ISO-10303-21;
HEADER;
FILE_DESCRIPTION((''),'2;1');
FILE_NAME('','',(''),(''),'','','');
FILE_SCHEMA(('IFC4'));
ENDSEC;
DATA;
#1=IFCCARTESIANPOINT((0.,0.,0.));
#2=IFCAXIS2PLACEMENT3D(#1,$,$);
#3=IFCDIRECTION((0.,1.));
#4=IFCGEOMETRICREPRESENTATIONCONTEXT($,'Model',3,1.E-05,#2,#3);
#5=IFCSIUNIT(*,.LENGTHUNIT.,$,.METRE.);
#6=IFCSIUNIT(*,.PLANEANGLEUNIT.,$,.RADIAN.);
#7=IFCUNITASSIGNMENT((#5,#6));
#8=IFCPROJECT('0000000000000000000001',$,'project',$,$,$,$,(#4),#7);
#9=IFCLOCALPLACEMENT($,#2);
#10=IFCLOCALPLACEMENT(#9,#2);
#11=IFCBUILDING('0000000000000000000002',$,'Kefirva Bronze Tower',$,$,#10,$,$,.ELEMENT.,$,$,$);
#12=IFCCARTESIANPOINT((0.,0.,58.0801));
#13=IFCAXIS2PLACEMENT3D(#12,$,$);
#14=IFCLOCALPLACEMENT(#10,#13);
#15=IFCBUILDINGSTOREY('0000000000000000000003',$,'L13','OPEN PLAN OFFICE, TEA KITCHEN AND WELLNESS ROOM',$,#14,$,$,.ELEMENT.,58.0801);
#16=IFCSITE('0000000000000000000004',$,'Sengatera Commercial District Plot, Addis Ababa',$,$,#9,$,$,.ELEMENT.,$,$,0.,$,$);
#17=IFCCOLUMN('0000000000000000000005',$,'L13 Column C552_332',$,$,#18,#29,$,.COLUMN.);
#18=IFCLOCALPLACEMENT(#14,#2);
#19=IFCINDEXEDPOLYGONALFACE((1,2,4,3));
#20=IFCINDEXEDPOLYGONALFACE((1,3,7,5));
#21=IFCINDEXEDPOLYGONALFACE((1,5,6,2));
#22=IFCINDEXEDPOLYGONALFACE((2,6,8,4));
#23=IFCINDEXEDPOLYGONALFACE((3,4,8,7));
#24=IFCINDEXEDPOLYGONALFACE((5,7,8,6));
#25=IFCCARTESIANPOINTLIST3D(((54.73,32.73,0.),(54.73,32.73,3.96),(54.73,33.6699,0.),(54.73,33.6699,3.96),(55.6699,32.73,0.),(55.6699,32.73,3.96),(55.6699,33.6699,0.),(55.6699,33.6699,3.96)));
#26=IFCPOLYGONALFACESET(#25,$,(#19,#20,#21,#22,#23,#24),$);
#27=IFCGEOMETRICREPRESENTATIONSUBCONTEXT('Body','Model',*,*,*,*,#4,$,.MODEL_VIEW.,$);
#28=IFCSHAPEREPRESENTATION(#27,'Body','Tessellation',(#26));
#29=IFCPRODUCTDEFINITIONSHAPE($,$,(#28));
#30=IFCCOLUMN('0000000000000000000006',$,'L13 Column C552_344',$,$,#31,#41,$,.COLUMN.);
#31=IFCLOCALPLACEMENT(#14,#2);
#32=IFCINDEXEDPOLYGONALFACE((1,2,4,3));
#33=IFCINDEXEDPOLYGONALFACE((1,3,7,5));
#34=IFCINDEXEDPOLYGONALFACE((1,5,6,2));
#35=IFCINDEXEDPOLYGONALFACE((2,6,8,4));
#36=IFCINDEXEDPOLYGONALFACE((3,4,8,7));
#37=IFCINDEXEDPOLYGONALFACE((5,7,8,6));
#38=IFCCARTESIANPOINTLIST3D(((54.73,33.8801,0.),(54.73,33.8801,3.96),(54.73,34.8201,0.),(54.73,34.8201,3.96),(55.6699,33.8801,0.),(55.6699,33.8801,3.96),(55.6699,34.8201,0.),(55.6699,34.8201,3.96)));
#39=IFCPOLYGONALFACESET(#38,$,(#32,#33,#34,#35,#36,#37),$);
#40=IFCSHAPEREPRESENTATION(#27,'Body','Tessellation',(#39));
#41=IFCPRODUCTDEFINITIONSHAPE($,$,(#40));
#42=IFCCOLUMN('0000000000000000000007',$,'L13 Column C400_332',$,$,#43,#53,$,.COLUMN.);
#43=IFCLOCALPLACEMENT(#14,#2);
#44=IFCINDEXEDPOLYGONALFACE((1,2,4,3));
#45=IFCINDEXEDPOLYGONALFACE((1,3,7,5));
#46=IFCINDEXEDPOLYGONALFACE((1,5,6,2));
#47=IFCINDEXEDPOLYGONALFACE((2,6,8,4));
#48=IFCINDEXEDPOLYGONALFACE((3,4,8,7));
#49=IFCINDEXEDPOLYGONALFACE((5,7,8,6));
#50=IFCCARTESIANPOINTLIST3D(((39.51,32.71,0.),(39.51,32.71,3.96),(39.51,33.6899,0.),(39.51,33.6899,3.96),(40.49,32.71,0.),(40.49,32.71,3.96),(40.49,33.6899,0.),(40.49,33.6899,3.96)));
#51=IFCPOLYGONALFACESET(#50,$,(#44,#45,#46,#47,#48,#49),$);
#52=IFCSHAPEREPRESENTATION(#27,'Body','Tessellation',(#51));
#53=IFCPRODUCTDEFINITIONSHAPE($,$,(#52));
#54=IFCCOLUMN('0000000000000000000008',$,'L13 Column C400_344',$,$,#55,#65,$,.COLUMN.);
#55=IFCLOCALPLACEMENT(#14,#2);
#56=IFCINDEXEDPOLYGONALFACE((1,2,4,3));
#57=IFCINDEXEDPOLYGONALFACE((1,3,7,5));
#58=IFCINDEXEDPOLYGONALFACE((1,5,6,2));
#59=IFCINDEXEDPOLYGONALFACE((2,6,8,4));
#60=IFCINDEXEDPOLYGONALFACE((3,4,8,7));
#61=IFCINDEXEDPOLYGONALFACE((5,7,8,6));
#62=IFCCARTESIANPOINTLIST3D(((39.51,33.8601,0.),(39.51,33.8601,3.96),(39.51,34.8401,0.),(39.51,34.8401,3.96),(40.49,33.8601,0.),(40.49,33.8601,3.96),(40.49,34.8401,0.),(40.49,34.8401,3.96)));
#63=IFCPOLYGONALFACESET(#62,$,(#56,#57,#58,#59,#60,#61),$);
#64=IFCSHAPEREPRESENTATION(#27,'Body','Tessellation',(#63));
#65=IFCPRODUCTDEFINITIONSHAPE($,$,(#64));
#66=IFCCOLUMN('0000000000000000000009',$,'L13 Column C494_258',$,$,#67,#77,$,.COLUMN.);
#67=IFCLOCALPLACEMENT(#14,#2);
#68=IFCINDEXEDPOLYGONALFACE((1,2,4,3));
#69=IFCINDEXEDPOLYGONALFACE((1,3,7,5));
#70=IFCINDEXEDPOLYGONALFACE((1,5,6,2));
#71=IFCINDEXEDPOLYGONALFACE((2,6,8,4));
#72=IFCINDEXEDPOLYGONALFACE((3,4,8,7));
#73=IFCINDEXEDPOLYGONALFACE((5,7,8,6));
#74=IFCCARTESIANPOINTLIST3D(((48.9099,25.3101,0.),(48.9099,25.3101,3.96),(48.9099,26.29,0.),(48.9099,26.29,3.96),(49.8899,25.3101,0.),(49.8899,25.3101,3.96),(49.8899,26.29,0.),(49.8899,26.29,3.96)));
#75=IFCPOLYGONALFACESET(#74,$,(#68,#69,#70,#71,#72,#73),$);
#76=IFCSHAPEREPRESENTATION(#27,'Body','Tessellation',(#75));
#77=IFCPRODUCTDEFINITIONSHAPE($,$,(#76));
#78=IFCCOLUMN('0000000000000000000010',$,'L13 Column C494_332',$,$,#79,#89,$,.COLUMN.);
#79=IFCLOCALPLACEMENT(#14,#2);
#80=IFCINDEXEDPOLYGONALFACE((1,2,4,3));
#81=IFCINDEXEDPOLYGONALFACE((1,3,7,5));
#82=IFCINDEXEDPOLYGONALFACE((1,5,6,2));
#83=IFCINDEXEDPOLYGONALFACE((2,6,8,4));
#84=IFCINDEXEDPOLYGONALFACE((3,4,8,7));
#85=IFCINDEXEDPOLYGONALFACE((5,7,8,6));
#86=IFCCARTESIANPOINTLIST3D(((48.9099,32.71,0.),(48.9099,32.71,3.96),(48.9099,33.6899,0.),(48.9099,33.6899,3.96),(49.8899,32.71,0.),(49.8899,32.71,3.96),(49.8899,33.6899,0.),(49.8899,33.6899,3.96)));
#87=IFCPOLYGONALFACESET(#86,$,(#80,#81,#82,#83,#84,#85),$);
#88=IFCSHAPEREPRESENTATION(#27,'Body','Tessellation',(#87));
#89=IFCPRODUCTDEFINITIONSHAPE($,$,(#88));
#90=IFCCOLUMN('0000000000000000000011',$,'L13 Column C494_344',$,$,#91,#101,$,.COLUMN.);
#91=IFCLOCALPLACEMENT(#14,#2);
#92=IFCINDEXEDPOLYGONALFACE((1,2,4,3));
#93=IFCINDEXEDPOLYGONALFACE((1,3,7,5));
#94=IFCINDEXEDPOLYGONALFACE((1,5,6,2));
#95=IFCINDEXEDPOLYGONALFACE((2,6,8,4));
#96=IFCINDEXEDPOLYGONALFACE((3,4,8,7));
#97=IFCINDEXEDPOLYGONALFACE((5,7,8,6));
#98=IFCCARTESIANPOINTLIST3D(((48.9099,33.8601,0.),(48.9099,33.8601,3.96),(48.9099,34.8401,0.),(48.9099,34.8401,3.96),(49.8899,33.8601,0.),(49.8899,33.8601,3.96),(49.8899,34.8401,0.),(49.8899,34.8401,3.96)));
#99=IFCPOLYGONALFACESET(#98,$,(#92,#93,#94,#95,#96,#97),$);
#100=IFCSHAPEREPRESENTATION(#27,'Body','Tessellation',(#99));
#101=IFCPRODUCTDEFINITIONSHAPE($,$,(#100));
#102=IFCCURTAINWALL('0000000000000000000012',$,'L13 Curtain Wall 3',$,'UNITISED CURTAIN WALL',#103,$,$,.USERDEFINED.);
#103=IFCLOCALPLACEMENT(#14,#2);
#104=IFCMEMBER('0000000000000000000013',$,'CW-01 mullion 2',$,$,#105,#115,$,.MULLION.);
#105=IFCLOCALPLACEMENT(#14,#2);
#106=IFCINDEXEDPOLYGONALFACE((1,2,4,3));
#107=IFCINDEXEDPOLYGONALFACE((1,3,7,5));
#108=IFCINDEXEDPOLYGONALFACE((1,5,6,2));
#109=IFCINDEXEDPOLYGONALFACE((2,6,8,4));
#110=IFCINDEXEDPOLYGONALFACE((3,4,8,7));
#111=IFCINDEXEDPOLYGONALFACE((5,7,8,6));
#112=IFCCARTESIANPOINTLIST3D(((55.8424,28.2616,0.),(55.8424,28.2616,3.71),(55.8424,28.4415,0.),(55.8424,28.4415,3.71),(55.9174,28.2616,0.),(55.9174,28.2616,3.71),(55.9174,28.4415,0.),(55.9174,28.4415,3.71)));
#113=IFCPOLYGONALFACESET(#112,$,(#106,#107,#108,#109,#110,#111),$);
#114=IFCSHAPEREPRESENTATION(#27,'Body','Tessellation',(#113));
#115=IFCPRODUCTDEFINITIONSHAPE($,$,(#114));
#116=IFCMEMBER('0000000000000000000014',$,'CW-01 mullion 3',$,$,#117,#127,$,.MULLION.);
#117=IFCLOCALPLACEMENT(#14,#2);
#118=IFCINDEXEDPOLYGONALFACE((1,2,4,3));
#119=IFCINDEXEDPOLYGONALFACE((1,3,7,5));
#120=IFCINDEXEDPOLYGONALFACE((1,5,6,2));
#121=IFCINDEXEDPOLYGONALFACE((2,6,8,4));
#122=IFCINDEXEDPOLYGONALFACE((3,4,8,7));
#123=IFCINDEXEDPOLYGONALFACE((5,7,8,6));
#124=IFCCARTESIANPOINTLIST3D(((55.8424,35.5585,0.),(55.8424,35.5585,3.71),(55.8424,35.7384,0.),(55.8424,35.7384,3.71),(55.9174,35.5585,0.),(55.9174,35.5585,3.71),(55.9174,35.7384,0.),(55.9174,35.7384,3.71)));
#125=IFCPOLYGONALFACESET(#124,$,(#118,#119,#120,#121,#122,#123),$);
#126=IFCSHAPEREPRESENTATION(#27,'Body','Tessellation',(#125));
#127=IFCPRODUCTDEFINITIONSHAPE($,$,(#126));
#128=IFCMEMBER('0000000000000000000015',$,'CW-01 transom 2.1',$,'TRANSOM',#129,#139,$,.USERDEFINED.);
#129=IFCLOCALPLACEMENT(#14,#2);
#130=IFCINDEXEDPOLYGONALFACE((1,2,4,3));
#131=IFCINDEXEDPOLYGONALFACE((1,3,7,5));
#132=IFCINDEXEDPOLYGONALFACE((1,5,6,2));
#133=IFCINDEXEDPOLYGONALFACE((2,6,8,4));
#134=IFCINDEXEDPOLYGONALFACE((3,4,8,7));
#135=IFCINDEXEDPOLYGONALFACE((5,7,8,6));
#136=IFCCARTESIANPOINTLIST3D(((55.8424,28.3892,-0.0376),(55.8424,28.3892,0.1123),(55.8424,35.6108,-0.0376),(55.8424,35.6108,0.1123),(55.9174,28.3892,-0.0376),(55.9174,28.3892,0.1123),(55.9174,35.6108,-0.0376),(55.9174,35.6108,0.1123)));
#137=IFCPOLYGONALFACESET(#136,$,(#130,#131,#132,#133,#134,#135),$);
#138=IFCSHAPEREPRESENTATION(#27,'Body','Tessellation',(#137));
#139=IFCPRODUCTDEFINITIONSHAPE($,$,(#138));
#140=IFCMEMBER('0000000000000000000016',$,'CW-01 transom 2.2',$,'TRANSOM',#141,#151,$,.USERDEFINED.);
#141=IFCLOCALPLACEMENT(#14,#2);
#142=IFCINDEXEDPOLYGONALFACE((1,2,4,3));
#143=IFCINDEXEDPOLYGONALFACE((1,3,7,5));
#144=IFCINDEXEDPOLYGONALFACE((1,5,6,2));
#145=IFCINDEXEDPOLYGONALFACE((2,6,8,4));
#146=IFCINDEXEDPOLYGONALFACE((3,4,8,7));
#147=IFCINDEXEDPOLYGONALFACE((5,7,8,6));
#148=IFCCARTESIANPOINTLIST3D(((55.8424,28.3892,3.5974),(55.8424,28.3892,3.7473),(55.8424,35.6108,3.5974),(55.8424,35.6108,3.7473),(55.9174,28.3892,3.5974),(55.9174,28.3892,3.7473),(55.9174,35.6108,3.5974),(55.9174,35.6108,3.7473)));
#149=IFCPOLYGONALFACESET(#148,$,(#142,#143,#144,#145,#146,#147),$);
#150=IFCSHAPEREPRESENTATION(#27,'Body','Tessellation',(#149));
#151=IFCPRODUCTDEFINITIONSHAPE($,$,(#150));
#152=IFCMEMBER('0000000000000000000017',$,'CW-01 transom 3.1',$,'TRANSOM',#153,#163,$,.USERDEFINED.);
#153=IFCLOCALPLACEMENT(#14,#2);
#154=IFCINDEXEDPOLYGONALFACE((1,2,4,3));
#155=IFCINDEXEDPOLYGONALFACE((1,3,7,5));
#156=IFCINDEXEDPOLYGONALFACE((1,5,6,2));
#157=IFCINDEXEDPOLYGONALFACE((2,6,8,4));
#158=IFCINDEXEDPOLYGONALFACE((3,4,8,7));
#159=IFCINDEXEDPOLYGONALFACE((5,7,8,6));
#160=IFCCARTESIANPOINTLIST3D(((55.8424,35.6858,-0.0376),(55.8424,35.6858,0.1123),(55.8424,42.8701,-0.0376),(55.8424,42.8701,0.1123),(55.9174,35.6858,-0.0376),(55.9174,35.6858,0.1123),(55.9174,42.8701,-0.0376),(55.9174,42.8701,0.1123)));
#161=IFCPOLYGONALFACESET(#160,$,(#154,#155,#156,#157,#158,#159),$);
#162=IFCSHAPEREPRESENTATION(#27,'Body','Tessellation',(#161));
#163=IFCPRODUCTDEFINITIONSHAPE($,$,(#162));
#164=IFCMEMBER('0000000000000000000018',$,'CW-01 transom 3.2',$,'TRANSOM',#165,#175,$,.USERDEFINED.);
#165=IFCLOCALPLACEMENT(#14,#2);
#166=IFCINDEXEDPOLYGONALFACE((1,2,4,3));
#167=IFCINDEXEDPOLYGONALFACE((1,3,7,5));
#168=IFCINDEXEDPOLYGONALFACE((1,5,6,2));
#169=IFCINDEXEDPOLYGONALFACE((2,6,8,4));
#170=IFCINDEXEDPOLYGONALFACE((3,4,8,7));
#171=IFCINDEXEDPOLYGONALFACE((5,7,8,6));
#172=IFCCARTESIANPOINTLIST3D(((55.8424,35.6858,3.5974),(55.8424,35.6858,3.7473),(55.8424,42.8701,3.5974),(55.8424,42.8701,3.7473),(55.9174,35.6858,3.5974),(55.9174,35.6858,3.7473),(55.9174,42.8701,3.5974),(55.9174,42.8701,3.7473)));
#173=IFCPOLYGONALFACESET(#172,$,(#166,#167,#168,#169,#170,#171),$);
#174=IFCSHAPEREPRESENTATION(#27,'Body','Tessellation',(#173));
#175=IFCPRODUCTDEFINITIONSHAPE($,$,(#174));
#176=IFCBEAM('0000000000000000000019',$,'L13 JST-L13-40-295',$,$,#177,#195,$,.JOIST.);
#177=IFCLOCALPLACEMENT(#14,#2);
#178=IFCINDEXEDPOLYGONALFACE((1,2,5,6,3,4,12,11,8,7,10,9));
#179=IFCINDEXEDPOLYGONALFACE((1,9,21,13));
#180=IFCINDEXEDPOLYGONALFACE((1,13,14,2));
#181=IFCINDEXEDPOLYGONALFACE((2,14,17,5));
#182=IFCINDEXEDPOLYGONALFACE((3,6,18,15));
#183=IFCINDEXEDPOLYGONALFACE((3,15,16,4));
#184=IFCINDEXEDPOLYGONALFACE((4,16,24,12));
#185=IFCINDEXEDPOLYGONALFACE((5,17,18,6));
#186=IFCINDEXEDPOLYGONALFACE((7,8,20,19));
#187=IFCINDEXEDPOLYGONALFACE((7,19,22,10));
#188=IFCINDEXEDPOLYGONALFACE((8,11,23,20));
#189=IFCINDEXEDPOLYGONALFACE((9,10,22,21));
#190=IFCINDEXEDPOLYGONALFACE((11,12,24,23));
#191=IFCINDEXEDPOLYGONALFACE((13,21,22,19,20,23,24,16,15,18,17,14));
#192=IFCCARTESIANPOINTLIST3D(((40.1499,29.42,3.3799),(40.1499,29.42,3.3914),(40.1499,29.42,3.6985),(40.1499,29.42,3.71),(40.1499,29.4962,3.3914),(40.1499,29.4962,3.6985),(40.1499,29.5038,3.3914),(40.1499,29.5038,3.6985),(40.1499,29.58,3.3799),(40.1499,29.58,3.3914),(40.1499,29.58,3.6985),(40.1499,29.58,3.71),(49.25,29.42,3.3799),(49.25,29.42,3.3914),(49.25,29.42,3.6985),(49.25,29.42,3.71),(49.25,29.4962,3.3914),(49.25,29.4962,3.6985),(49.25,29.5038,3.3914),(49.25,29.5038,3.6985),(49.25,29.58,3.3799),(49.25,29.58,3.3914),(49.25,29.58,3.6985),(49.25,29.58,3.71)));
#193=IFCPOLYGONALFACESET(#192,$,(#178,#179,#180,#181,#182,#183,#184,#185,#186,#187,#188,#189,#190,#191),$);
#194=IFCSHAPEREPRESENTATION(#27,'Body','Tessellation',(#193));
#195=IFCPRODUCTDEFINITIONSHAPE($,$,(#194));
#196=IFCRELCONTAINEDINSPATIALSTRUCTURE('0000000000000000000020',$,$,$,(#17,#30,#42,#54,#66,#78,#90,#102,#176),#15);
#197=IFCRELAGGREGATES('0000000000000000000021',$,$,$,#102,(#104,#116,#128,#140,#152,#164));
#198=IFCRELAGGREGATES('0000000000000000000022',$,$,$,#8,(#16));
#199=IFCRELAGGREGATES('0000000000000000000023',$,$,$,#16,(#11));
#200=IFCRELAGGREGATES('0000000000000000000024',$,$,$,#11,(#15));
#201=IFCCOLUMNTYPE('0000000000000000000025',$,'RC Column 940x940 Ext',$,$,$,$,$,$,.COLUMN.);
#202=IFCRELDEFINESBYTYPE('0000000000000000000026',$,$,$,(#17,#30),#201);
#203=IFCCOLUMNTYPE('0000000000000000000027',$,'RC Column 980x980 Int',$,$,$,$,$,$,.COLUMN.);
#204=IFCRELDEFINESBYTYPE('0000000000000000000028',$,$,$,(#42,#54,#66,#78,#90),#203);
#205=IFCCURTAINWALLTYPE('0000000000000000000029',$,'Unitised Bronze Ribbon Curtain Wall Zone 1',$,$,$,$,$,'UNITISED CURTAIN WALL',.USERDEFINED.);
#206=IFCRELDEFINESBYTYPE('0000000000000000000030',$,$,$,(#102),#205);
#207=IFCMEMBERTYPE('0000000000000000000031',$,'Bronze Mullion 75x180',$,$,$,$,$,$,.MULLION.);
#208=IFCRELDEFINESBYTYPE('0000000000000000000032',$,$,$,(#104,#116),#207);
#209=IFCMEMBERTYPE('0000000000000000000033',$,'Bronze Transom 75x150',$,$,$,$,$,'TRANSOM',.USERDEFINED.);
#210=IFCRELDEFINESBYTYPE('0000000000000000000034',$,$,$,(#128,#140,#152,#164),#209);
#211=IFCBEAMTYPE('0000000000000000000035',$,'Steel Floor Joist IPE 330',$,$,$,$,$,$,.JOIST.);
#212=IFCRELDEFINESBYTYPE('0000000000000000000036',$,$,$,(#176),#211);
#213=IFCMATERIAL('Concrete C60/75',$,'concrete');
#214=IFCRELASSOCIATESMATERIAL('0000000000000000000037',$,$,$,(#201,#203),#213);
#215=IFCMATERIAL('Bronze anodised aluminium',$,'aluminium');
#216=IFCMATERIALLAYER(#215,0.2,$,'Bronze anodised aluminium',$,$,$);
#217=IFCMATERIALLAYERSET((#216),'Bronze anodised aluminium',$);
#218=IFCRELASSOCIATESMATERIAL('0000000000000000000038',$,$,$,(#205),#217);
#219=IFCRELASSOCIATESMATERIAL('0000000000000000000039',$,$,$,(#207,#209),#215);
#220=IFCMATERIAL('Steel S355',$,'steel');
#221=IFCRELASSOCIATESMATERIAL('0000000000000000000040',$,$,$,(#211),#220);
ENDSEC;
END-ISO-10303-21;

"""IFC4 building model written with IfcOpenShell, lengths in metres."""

from ifc_helpers import new_model, si_unit, direction, frame, origin, origin_2d, place, context, subcontext, project, spatial, rectangle, i_section, extrude, material, layer, layer_set, material_profile, profile_set, type_object, element, aggregate, save


model = new_model("IFC4")

# Units and contexts
model_context = context("Model", 3, precision=1e-05, world=origin(), true_north=direction((0.0, 1.0)))
body_context = subcontext(model_context, "Body", "Model", "MODEL_VIEW")
ifc_project = project(units=[si_unit("LENGTHUNIT", "METRE"), si_unit("PLANEANGLEUNIT", "RADIAN")], contexts=[model_context])

# Site, building, storey
site_placement = place(None, origin())
site = spatial("IfcSite", under=ifc_project, at=site_placement, Name="Sengatera Commercial District Plot, Addis Ababa", CompositionType="ELEMENT", RefElevation=0.0)
building_placement = place(site_placement, origin())
building = spatial("IfcBuilding", under=site, at=building_placement, Name="Kefirva Bronze Tower", CompositionType="ELEMENT")
storey_placement = place(building_placement, frame((0.0, 0.0, 58.0801)))
storey = spatial("IfcBuildingStorey", under=building, at=storey_placement, Name="L13", Description="OPEN PLAN OFFICE, TEA KITCHEN AND WELLNESS ROOM", CompositionType="ELEMENT", Elevation=58.0801)

# Columns
ifc_material_1 = material(Name="Concrete C60/75", Category="concrete")
ifc_material_profile_1 = material_profile(ifc_material_1, rectangle(XDim=0.9399, YDim=0.9399, at=origin_2d()), Name="RC 940x940")
ifc_profile_set_1 = profile_set([ifc_material_profile_1], Name="Concrete C60/75")
column_type_1 = type_object("IfcColumnType", Name="RC Column 940x940 Ext", PredefinedType="COLUMN", material=ifc_profile_set_1)
for number, where, z_axis, x_axis, name in (
    (1, (55.2, 33.2, 0.0), (0.0, 0.0, 1.0), (1.0, 0.0, 0.0), "L13 Column C552_332"),
    (2, (55.2, 34.3501, 0.0), (0.0, 0.0, 1.0), (1.0, 0.0, 0.0), "L13 Column C552_344"),
):
    element("IfcColumn", number, at=place(storey_placement, frame(where, z_axis=z_axis, x_axis=x_axis)), inside=storey, type_object=column_type_1, Name=name, PredefinedType="COLUMN", context=body_context, shape_type="SweptSolid", body=[
        extrude(rectangle(XDim=0.9399, YDim=0.9399, at=origin_2d()), origin(), (0.0, 0.0, 1.0), 3.96),
    ])
ifc_material_profile_2 = material_profile(ifc_material_1, rectangle(XDim=0.98, YDim=0.98, at=origin_2d()), Name="RC 980x980")
ifc_profile_set_2 = profile_set([ifc_material_profile_2], Name="Concrete C60/75")
column_type_2 = type_object("IfcColumnType", Name="RC Column 980x980 Int", PredefinedType="COLUMN", material=ifc_profile_set_2)
for number, where, z_axis, x_axis, name in (
    (3, (40.0, 33.2, 0.0), (0.0, 0.0, 1.0), (1.0, 0.0, 0.0), "L13 Column C400_332"),
    (4, (40.0, 34.3501, 0.0), (0.0, 0.0, 1.0), (1.0, 0.0, 0.0), "L13 Column C400_344"),
    (5, (49.3999, 25.8, 0.0), (0.0, 0.0, 1.0), (1.0, 0.0, 0.0), "L13 Column C494_258"),
    (6, (49.3999, 33.2, 0.0), (0.0, 0.0, 1.0), (1.0, 0.0, 0.0), "L13 Column C494_332"),
    (7, (49.3999, 34.3501, 0.0), (0.0, 0.0, 1.0), (1.0, 0.0, 0.0), "L13 Column C494_344"),
):
    element("IfcColumn", number, at=place(storey_placement, frame(where, z_axis=z_axis, x_axis=x_axis)), inside=storey, type_object=column_type_2, Name=name, PredefinedType="COLUMN", context=body_context, shape_type="SweptSolid", body=[
        extrude(rectangle(XDim=0.98, YDim=0.98, at=origin_2d()), origin(), (0.0, 0.0, 1.0), 3.96),
    ])

# Curtain wall, members
ifc_material_2 = material(Name="Bronze anodised aluminium", Category="aluminium")
ifc_layer_1 = layer(ifc_material_2, 0.2, Name="Bronze anodised aluminium")
ifc_layer_set_1 = layer_set([ifc_layer_1], Name="Bronze anodised aluminium")
curtain_wall_type = type_object("IfcCurtainWallType", Name="Unitised Bronze Ribbon Curtain Wall Zone 1", ElementType="UNITISED CURTAIN WALL", PredefinedType="USERDEFINED", material=ifc_layer_set_1)
curtain_wall_placement = place(storey_placement, origin())
curtain_wall = element("IfcCurtainWall", 8, at=curtain_wall_placement, inside=storey, type_object=curtain_wall_type, Name="L13 Curtain Wall 3", ObjectType="UNITISED CURTAIN WALL", PredefinedType="USERDEFINED")
ifc_material_profile_3 = material_profile(ifc_material_2, rectangle(XDim=0.075, YDim=0.1799, at=origin_2d()), Name="ALU 75x180")
ifc_profile_set_3 = profile_set([ifc_material_profile_3], Name="Bronze anodised aluminium")
member_type_1 = type_object("IfcMemberType", Name="Bronze Mullion 75x180", PredefinedType="MULLION", material=ifc_profile_set_3)
member_1_placement = place(storey_placement, frame((55.8799, 28.3516, 0.0), z_axis=(0.0, 0.0, 1.0), x_axis=(-1.0, 0.0, 0.0)))
member_1 = element("IfcMember", 9, at=member_1_placement, type_object=member_type_1, Name="CW-01 mullion 2", PredefinedType="MULLION", context=body_context, shape_type="SweptSolid", body=[
    extrude(rectangle(XDim=0.075, YDim=0.1799, at=origin_2d()), origin(), (0.0, 0.0, 1.0), 3.71),
])
member_2_placement = place(storey_placement, frame((55.8799, 35.6484, 0.0), z_axis=(0.0, 0.0, 1.0), x_axis=(-1.0, 0.0, 0.0)))
member_2 = element("IfcMember", 10, at=member_2_placement, type_object=member_type_1, Name="CW-01 mullion 3", PredefinedType="MULLION", context=body_context, shape_type="SweptSolid", body=[
    extrude(rectangle(XDim=0.075, YDim=0.1799, at=origin_2d()), origin(), (0.0, 0.0, 1.0), 3.71),
])
ifc_material_profile_4 = material_profile(ifc_material_2, rectangle(XDim=0.075, YDim=0.1499, at=origin_2d()), Name="ALU 75x150")
ifc_profile_set_4 = profile_set([ifc_material_profile_4], Name="Bronze anodised aluminium")
member_type_2 = type_object("IfcMemberType", Name="Bronze Transom 75x150", ElementType="TRANSOM", PredefinedType="USERDEFINED", material=ifc_profile_set_4)
member_3_placement = place(storey_placement, frame((55.8799, 28.3892, 0.0374), z_axis=(0.0, 1.0, 0.0), x_axis=(-1.0, 0.0, 0.0)))
member_3 = element("IfcMember", 11, at=member_3_placement, type_object=member_type_2, Name="CW-01 transom 2.1", ObjectType="TRANSOM", PredefinedType="USERDEFINED", context=body_context, shape_type="SweptSolid", body=[
    extrude(rectangle(XDim=0.075, YDim=0.1499, at=origin_2d()), origin(), (0.0, 0.0, 1.0), 7.2217),
])
member_4_placement = place(storey_placement, frame((55.8799, 28.3892, 3.6724), z_axis=(0.0, 1.0, 0.0), x_axis=(-1.0, 0.0, 0.0)))
member_4 = element("IfcMember", 12, at=member_4_placement, type_object=member_type_2, Name="CW-01 transom 2.2", ObjectType="TRANSOM", PredefinedType="USERDEFINED", context=body_context, shape_type="SweptSolid", body=[
    extrude(rectangle(XDim=0.075, YDim=0.1499, at=origin_2d()), origin(), (0.0, 0.0, 1.0), 7.2217),
])
member_5_placement = place(storey_placement, frame((55.8799, 35.6858, 0.0374), z_axis=(0.0, 1.0, 0.0), x_axis=(-1.0, 0.0, 0.0)))
member_5 = element("IfcMember", 13, at=member_5_placement, type_object=member_type_2, Name="CW-01 transom 3.1", ObjectType="TRANSOM", PredefinedType="USERDEFINED", context=body_context, shape_type="SweptSolid", body=[
    extrude(rectangle(XDim=0.075, YDim=0.1499, at=origin_2d()), origin(), (0.0, 0.0, 1.0), 7.1843),
])
member_6_placement = place(storey_placement, frame((55.8799, 35.6858, 3.6724), z_axis=(0.0, 1.0, 0.0), x_axis=(-1.0, 0.0, 0.0)))
member_6 = element("IfcMember", 14, at=member_6_placement, type_object=member_type_2, Name="CW-01 transom 3.2", ObjectType="TRANSOM", PredefinedType="USERDEFINED", context=body_context, shape_type="SweptSolid", body=[
    extrude(rectangle(XDim=0.075, YDim=0.1499, at=origin_2d()), origin(), (0.0, 0.0, 1.0), 7.1843),
])

# Beam
ifc_material_3 = material(Name="Steel S355", Category="steel")
ifc_material_profile_5 = material_profile(ifc_material_3, i_section(OverallWidth=0.1599, OverallDepth=0.3301, WebThickness=0.0076, FlangeThickness=0.0115, at=origin_2d()), Name="IPE 330")
ifc_profile_set_5 = profile_set([ifc_material_profile_5], Name="Steel S355")
beam_type_1 = type_object("IfcBeamType", Name="Steel Floor Joist IPE 330", PredefinedType="JOIST", material=ifc_profile_set_5)
beam_1_placement = place(storey_placement, frame((40.1499, 29.5, 3.5449), z_axis=(1.0, 0.0, 0.0), x_axis=(0.0, 1.0, 0.0)))
element("IfcBeam", 15, at=beam_1_placement, inside=storey, type_object=beam_type_1, Name="L13 JST-L13-40-295", PredefinedType="JOIST", context=body_context, shape_type="SweptSolid", body=[
    extrude(i_section(OverallWidth=0.1599, OverallDepth=0.3301, WebThickness=0.0076, FlangeThickness=0.0115, at=origin_2d()), origin(), (0.0, 0.0, 1.0), 9.1001),
])

aggregate(curtain_wall, [member_1, member_2, member_3, member_4, member_5, member_6])

save(model, "model.ifc")
